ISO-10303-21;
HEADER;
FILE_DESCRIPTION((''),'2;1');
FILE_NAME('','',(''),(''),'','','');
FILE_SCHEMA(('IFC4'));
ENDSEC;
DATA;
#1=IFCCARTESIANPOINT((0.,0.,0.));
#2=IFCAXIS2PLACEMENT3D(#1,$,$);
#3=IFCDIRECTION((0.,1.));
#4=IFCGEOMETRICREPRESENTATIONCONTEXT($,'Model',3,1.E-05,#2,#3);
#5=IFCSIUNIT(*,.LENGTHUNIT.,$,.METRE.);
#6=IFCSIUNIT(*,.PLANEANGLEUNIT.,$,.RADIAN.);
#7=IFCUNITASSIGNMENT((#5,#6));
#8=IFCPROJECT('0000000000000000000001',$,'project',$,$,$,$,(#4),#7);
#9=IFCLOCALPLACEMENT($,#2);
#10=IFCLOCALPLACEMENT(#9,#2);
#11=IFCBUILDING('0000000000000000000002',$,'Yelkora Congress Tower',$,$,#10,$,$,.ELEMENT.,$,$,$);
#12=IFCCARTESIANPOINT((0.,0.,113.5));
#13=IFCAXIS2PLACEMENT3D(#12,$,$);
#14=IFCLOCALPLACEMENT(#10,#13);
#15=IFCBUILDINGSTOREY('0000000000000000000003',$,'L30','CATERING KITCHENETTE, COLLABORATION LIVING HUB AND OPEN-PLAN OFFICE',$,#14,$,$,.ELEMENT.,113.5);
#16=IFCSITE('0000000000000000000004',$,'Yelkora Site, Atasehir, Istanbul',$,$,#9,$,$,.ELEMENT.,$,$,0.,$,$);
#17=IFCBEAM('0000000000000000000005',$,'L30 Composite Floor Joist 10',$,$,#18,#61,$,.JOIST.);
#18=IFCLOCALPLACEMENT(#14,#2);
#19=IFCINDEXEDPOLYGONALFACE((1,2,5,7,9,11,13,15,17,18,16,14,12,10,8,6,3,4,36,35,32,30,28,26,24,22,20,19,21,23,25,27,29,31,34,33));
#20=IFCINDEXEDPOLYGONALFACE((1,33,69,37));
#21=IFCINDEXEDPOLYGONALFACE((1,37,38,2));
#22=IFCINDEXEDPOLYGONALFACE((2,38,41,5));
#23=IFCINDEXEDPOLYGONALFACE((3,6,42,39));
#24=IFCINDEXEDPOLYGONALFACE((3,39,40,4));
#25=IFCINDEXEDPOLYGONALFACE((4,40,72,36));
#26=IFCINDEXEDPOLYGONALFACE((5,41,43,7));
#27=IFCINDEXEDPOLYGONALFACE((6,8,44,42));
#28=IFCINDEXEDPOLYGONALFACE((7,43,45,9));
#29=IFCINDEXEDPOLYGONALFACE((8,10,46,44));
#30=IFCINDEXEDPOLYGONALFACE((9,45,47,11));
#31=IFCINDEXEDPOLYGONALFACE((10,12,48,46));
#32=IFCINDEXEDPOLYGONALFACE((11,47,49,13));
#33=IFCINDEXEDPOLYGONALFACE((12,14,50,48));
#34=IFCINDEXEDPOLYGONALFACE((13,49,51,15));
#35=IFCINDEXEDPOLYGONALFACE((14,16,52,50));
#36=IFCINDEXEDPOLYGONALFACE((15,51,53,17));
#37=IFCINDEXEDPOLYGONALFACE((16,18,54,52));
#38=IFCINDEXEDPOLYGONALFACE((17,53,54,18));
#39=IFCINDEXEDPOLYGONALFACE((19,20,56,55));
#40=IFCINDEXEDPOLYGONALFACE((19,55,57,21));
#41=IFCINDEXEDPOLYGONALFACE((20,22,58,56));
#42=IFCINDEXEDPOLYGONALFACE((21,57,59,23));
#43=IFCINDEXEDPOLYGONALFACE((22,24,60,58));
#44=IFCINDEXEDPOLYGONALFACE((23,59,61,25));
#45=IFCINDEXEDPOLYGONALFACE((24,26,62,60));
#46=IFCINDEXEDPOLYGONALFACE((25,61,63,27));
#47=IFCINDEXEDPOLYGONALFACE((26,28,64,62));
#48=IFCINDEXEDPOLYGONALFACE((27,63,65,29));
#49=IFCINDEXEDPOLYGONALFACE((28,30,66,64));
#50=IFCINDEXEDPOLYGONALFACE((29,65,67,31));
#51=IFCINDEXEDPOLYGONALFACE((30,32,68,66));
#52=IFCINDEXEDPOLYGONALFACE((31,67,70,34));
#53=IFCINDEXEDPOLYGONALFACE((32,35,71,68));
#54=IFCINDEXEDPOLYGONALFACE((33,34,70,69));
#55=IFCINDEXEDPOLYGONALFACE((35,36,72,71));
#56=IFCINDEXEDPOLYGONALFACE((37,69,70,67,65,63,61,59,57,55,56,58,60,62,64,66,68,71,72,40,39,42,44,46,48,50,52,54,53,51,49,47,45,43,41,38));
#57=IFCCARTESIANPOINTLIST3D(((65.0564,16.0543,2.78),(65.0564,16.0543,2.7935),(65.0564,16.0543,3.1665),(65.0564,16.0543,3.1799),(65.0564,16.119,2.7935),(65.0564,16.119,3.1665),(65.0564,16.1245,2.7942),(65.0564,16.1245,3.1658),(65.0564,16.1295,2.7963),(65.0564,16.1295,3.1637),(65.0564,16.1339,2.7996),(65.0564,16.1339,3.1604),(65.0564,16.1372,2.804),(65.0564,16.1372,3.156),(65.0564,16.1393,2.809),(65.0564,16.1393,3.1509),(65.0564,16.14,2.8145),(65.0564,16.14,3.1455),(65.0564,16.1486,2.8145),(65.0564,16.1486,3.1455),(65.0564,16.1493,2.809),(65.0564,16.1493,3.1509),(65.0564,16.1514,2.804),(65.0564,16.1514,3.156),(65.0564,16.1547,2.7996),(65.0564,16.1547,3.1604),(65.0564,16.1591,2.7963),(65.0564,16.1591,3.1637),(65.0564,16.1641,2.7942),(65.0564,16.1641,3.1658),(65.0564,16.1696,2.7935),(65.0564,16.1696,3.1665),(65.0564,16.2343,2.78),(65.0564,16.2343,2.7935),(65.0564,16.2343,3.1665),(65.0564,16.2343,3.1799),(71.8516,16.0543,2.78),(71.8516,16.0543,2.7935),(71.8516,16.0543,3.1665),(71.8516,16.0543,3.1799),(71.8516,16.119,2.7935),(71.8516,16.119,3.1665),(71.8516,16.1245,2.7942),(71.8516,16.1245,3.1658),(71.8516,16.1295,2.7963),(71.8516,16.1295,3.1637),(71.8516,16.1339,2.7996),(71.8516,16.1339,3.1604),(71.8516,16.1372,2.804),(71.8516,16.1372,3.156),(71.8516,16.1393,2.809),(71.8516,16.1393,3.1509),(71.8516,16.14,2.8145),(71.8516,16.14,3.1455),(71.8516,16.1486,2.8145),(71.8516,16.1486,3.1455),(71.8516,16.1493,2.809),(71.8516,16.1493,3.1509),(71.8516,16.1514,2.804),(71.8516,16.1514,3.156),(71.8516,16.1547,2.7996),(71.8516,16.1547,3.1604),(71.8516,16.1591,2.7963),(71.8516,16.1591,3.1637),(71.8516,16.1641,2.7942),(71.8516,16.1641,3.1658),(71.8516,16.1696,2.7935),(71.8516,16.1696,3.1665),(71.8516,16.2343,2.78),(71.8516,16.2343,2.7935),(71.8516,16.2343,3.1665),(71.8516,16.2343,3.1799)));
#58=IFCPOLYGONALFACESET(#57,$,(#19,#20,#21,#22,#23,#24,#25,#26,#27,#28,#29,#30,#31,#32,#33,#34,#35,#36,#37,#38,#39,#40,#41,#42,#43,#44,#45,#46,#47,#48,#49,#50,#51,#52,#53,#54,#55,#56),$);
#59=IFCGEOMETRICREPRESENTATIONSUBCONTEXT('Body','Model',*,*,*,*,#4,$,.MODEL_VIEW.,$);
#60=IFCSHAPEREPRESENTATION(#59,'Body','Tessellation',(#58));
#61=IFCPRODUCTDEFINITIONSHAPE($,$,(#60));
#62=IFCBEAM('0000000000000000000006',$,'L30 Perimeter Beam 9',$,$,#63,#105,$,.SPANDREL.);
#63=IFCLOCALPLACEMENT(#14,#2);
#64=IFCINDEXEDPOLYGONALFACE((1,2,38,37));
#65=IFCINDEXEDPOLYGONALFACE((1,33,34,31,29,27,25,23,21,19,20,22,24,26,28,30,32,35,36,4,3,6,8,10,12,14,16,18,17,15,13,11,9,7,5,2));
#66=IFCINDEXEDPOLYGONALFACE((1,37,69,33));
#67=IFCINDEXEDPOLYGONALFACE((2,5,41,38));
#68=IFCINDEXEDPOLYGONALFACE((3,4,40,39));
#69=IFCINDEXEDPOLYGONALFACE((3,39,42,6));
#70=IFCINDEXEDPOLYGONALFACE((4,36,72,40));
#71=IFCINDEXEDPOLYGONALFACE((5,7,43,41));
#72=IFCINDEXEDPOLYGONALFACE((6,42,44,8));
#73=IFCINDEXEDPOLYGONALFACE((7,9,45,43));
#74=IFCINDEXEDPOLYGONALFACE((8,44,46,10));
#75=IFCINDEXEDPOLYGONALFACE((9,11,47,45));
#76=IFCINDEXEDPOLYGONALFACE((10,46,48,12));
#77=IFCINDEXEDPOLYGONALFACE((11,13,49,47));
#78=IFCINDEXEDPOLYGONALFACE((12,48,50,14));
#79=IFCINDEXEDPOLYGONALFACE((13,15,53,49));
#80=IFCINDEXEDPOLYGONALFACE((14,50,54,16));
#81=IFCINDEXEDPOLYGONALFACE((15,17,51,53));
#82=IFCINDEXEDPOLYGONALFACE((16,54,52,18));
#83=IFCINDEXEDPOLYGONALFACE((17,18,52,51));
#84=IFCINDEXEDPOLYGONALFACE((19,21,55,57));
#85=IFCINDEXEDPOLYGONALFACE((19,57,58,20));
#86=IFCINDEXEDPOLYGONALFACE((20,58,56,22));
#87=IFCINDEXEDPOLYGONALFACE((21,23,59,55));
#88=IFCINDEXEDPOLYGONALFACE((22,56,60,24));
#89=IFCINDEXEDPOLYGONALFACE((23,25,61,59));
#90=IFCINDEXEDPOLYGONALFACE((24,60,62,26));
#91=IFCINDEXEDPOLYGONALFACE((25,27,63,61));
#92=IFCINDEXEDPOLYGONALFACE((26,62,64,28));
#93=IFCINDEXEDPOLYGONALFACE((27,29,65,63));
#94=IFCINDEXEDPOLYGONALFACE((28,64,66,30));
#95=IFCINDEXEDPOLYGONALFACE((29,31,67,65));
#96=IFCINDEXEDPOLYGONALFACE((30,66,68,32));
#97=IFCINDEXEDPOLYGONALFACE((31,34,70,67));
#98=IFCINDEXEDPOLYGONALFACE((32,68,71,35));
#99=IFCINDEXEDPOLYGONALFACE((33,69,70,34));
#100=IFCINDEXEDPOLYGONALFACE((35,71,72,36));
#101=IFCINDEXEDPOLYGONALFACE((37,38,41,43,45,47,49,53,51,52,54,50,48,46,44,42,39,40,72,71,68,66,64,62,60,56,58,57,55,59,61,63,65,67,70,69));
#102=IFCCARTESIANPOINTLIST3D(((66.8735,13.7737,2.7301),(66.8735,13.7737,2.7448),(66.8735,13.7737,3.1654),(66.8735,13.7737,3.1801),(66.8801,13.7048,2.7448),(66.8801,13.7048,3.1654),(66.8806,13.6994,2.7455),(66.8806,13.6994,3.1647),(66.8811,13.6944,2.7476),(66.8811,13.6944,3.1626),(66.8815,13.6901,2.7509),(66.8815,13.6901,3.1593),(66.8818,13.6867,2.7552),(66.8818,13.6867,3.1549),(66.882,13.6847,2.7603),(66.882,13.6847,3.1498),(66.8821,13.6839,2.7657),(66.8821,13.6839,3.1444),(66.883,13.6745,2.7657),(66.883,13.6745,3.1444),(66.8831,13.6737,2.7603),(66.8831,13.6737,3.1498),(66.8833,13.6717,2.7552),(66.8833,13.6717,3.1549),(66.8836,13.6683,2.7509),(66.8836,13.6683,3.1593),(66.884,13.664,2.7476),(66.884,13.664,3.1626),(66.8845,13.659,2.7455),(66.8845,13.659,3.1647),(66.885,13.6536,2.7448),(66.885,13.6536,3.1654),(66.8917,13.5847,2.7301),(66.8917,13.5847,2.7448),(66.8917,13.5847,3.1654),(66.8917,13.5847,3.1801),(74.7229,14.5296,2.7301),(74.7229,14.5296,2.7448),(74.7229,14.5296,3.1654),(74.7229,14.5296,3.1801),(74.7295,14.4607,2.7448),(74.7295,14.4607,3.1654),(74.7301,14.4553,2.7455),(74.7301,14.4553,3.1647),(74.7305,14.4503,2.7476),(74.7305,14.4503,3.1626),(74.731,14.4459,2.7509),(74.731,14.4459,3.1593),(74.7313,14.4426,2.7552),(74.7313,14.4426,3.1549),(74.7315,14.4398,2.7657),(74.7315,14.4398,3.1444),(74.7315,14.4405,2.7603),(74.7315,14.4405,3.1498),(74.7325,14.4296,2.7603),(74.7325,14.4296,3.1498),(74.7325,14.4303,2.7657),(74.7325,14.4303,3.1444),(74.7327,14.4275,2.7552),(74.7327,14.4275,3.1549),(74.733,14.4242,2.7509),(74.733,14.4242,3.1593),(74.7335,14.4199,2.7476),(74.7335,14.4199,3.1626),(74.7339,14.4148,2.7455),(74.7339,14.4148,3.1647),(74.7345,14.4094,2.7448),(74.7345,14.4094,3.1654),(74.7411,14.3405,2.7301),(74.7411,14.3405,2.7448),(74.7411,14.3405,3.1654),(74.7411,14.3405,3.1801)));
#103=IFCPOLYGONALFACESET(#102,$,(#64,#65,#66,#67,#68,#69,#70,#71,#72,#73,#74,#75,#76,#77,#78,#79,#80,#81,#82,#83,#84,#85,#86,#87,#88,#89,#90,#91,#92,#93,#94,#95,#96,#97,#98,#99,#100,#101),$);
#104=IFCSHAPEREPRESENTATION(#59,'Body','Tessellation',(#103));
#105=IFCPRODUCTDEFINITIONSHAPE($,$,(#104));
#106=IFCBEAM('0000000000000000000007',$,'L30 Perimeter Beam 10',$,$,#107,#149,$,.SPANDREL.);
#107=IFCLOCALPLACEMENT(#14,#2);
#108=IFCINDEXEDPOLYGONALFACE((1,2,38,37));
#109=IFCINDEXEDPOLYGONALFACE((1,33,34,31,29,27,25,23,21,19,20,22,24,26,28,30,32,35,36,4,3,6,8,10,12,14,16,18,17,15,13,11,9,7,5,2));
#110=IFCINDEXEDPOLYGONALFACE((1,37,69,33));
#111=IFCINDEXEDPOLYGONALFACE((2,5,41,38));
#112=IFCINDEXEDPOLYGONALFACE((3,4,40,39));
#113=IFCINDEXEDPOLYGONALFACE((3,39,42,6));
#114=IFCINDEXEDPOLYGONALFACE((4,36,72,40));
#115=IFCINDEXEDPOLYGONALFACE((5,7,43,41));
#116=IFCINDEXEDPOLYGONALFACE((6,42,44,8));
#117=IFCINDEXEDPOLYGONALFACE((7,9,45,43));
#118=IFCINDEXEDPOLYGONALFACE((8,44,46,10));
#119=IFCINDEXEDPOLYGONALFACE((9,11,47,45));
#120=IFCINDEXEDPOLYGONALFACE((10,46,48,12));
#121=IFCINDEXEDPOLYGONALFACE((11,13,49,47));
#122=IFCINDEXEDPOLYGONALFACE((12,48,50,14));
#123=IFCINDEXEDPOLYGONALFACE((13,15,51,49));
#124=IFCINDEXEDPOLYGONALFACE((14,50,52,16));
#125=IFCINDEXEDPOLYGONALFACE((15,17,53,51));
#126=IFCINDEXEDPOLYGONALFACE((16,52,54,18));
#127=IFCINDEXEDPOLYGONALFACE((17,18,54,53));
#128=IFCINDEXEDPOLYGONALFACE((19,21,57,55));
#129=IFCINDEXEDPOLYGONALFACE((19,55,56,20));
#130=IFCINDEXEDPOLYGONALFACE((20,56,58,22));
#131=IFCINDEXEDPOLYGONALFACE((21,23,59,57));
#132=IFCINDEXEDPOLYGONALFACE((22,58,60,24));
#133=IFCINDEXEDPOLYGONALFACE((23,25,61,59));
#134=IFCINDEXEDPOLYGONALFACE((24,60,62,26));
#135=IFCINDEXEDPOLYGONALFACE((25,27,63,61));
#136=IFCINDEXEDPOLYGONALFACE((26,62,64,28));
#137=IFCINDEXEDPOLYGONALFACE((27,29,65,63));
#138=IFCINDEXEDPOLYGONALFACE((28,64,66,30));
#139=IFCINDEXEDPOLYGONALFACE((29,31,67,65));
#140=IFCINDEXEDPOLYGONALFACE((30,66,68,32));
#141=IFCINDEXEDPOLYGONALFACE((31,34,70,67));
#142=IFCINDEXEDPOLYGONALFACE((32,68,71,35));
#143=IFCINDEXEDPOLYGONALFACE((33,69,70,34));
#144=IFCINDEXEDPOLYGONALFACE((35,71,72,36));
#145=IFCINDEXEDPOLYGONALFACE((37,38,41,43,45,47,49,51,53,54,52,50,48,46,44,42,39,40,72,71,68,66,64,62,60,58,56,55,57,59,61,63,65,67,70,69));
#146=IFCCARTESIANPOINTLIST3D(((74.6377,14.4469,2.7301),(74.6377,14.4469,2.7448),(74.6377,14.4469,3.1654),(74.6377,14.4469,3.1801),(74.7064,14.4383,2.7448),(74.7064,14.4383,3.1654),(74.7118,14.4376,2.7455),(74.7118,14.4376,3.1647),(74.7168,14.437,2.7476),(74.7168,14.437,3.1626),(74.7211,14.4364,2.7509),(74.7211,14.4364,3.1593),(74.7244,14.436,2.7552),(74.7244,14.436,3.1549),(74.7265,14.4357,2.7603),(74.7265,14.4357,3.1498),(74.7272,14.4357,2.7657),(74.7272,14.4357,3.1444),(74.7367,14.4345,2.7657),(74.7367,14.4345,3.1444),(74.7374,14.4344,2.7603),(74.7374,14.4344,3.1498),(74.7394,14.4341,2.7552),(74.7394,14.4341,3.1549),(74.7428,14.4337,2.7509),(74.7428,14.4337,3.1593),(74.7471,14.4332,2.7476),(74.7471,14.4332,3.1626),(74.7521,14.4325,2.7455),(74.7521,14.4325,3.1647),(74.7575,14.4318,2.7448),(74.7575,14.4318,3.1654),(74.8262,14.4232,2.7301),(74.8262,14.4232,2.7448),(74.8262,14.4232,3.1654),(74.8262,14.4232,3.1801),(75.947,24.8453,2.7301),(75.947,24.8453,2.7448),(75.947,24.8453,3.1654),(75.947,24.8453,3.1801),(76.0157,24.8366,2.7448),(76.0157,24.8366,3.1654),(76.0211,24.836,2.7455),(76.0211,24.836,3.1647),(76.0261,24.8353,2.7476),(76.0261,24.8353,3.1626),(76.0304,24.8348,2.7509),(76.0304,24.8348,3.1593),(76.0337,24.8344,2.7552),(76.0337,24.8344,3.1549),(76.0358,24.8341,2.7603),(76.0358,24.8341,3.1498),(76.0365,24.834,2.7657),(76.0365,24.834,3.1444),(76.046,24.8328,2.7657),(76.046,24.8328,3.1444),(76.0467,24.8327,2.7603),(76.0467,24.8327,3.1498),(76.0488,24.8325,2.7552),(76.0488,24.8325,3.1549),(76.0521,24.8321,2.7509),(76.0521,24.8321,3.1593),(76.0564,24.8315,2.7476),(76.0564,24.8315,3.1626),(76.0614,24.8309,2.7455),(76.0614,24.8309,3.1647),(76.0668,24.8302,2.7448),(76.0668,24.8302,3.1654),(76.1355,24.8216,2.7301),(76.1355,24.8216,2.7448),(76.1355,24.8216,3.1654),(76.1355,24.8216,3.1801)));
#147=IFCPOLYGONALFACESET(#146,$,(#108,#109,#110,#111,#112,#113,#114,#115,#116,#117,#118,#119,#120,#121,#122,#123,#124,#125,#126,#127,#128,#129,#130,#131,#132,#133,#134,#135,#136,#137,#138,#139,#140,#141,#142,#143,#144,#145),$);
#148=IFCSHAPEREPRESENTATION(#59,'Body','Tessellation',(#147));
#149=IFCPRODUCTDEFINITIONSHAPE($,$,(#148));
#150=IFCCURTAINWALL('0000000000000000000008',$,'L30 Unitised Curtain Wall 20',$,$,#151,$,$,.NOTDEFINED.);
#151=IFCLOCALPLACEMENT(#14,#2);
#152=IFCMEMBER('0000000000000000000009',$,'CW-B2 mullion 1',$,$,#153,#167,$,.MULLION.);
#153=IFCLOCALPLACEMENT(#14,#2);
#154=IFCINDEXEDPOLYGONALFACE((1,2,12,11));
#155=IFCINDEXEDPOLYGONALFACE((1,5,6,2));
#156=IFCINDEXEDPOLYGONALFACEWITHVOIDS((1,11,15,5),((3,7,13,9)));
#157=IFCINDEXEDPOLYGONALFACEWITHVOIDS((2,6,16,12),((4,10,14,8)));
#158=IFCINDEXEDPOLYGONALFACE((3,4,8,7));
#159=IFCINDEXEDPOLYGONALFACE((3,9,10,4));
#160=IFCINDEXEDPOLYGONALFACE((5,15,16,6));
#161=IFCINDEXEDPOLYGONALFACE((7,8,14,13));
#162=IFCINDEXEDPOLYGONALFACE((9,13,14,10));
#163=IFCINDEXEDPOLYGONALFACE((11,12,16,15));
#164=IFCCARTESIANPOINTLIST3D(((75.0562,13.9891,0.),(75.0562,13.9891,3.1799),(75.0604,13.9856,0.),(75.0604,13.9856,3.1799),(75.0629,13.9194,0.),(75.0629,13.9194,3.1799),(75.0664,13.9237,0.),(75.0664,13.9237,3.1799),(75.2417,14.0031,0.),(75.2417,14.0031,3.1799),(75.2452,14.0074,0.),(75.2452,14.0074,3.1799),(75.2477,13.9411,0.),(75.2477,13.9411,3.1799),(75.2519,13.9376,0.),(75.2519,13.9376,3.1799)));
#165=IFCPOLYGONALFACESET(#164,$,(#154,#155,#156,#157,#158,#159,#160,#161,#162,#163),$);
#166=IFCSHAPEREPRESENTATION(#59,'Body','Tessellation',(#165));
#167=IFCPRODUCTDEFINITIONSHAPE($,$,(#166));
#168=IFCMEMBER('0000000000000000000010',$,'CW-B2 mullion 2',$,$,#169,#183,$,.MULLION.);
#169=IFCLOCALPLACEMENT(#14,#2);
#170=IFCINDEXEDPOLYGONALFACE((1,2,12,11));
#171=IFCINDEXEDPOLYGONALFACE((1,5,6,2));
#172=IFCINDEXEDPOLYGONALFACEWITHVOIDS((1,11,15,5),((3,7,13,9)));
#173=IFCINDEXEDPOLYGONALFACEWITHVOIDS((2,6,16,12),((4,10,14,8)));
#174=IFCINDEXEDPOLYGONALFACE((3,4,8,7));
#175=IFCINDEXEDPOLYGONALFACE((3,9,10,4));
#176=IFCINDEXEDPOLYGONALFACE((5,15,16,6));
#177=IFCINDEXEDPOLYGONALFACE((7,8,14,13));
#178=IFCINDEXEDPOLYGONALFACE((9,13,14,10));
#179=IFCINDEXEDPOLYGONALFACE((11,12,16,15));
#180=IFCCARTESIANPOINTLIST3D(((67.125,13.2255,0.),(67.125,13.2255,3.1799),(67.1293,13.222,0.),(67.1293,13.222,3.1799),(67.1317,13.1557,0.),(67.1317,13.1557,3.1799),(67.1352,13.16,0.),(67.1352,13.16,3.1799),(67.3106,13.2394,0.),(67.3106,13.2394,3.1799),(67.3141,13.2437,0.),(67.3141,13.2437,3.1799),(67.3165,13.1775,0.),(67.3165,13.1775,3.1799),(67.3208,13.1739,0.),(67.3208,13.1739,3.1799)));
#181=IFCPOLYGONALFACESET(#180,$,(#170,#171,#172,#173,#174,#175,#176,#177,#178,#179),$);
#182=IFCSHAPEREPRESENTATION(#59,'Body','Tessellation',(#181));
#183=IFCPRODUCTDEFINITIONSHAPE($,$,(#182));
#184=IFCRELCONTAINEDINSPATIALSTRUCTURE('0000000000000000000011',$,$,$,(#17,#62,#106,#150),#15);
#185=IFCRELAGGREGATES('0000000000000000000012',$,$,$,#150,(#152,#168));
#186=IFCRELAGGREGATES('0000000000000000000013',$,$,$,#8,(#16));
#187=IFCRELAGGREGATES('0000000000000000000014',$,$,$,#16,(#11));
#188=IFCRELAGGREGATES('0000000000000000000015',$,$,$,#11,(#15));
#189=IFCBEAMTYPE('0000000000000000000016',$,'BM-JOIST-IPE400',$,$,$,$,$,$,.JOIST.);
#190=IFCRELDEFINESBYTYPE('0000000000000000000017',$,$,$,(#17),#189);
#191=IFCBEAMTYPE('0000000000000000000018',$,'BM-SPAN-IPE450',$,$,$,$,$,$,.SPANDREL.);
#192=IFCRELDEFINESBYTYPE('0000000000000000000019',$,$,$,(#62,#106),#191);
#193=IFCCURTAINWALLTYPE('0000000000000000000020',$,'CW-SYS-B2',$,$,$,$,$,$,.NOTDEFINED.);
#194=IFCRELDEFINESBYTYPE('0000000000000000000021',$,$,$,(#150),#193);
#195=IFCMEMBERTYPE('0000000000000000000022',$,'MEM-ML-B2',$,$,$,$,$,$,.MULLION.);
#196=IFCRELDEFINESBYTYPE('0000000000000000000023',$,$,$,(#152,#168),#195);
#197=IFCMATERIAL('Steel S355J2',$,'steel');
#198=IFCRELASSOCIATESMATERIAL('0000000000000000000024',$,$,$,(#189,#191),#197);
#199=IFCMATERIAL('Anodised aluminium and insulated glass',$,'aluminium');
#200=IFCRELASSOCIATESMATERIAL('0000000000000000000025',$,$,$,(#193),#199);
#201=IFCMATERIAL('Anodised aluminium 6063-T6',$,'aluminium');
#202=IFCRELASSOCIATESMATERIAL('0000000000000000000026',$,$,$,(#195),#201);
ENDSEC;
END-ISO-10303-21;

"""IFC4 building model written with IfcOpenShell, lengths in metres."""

from ifc_helpers import new_model, si_unit, direction, frame, origin, origin_2d, place, context, subcontext, project, spatial, hollow_rectangle, i_section, extrude, material, material_profile, profile_set, type_object, element, aggregate, save


model = new_model("IFC4")

# Units and contexts
model_context = context("Model", 3, precision=1e-05, world=origin(), true_north=direction((0.0, 1.0)))
body_context = subcontext(model_context, "Body", "Model", "MODEL_VIEW")
ifc_project = project(units=[si_unit("LENGTHUNIT", "METRE"), si_unit("PLANEANGLEUNIT", "RADIAN")], contexts=[model_context])

# Site, building, storey
site_placement = place(None, origin())
site = spatial("IfcSite", under=ifc_project, at=site_placement, Name="Yelkora Site, Atasehir, Istanbul", CompositionType="ELEMENT", RefElevation=0.0)
building_placement = place(site_placement, origin())
building = spatial("IfcBuilding", under=site, at=building_placement, Name="Yelkora Congress Tower", CompositionType="ELEMENT")
storey_placement = place(building_placement, frame((0.0, 0.0, 113.5)))
storey = spatial("IfcBuildingStorey", under=building, at=storey_placement, Name="L30", Description="CATERING KITCHENETTE, COLLABORATION LIVING HUB AND OPEN-PLAN OFFICE", CompositionType="ELEMENT", Elevation=113.5)

# Beams
ifc_material_1 = material(Name="Steel S355J2", Category="steel")
ifc_material_profile_1 = material_profile(ifc_material_1, i_section(OverallWidth=0.1799, OverallDepth=0.3999, WebThickness=0.0085, FlangeThickness=0.0134, FilletRadius=0.021, at=origin_2d()), Name="IPE 400")
ifc_profile_set_1 = profile_set([ifc_material_profile_1], Name="Steel S355J2")
beam_type_1 = type_object("IfcBeamType", Name="BM-JOIST-IPE400", PredefinedType="JOIST", material=ifc_profile_set_1)
beam_1_placement = place(storey_placement, frame((65.0564, 16.1443, 2.98), z_axis=(1.0, 0.0, 0.0), x_axis=(0.0, 1.0, 0.0)))
element("IfcBeam", 1, at=beam_1_placement, inside=storey, type_object=beam_type_1, Name="L30 Composite Floor Joist 10", PredefinedType="JOIST", context=body_context, shape_type="SweptSolid", body=[
    extrude(i_section(OverallWidth=0.1799, OverallDepth=0.3999, WebThickness=0.0085, FlangeThickness=0.0134, FilletRadius=0.021, at=origin_2d()), origin(), (0.0, 0.0, 1.0), 6.7952),
])
ifc_material_profile_2 = material_profile(ifc_material_1, i_section(OverallWidth=0.1899, OverallDepth=0.45, WebThickness=0.0095, FlangeThickness=0.0146, FilletRadius=0.021, at=origin_2d()), Name="IPE 450")
ifc_profile_set_2 = profile_set([ifc_material_profile_2], Name="Steel S355J2")
beam_type_2 = type_object("IfcBeamType", Name="BM-SPAN-IPE450", PredefinedType="SPANDREL", material=ifc_profile_set_2)
beam_2_placement = place(storey_placement, frame((66.8826, 13.6792, 2.9551), z_axis=(0.995396, 0.095852, 0.0), x_axis=(-0.095852, 0.995396, 0.0)))
element("IfcBeam", 2, at=beam_2_placement, inside=storey, type_object=beam_type_2, Name="L30 Perimeter Beam 9", PredefinedType="SPANDREL", context=body_context, shape_type="SweptSolid", body=[
    extrude(i_section(OverallWidth=0.1899, OverallDepth=0.45, WebThickness=0.0095, FlangeThickness=0.0146, FilletRadius=0.021, at=origin_2d()), origin(), (0.0, 0.0, 1.0), 7.8857),
])
beam_3_placement = place(storey_placement, frame((74.7319, 14.4351, 2.9551), z_axis=(0.124929, 0.992166, 0.0), x_axis=(-0.992166, 0.124929, 0.0)))
element("IfcBeam", 3, at=beam_3_placement, inside=storey, type_object=beam_type_2, Name="L30 Perimeter Beam 10", PredefinedType="SPANDREL", context=body_context, shape_type="SweptSolid", body=[
    extrude(i_section(OverallWidth=0.1899, OverallDepth=0.45, WebThickness=0.0095, FlangeThickness=0.0146, FilletRadius=0.021, at=origin_2d()), origin(), (0.0, 0.0, 1.0), 10.4805),
])

# Curtain wall, members
ifc_material_2 = material(Name="Anodised aluminium and insulated glass", Category="aluminium")
curtain_wall_type = type_object("IfcCurtainWallType", Name="CW-SYS-B2", PredefinedType="NOTDEFINED", material=ifc_material_2)
curtain_wall_placement = place(storey_placement, origin())
curtain_wall = element("IfcCurtainWall", 4, at=curtain_wall_placement, inside=storey, type_object=curtain_wall_type, Name="L30 Unitised Curtain Wall 20", PredefinedType="NOTDEFINED")
ifc_material_3 = material(Name="Anodised aluminium 6063-T6", Category="aluminium")
ifc_material_profile_3 = material_profile(ifc_material_3, hollow_rectangle(XDim=0.0701, YDim=0.1899, WallThickness=0.0039, at=origin_2d()), Name="ALU 70x190x4")
ifc_profile_set_3 = profile_set([ifc_material_profile_3], Name="Anodised aluminium 6063-T6")
member_type_1 = type_object("IfcMemberType", Name="MEM-ML-B2", PredefinedType="MULLION", material=ifc_profile_set_3)
member_1_placement = place(storey_placement, frame((75.1541, 13.9634, 0.0), z_axis=(0.0, 0.0, 1.0), x_axis=(0.095844, -0.995396, 0.0)))
member_1 = element("IfcMember", 5, at=member_1_placement, type_object=member_type_1, Name="CW-B2 mullion 1", PredefinedType="MULLION", context=body_context, shape_type="SweptSolid", body=[
    extrude(hollow_rectangle(XDim=0.0701, YDim=0.1899, WallThickness=0.0039, at=origin_2d()), origin(), (0.0, 0.0, 1.0), 3.1799),
])
member_2_placement = place(storey_placement, frame((67.2229, 13.1997, 0.0), z_axis=(0.0, 0.0, 1.0), x_axis=(0.095844, -0.995396, 0.0)))
member_2 = element("IfcMember", 6, at=member_2_placement, type_object=member_type_1, Name="CW-B2 mullion 2", PredefinedType="MULLION", context=body_context, shape_type="SweptSolid", body=[
    extrude(hollow_rectangle(XDim=0.0701, YDim=0.1899, WallThickness=0.0039, at=origin_2d()), origin(), (0.0, 0.0, 1.0), 3.1799),
])
aggregate(curtain_wall, [member_1, member_2])

save(model, "model.ifc")
